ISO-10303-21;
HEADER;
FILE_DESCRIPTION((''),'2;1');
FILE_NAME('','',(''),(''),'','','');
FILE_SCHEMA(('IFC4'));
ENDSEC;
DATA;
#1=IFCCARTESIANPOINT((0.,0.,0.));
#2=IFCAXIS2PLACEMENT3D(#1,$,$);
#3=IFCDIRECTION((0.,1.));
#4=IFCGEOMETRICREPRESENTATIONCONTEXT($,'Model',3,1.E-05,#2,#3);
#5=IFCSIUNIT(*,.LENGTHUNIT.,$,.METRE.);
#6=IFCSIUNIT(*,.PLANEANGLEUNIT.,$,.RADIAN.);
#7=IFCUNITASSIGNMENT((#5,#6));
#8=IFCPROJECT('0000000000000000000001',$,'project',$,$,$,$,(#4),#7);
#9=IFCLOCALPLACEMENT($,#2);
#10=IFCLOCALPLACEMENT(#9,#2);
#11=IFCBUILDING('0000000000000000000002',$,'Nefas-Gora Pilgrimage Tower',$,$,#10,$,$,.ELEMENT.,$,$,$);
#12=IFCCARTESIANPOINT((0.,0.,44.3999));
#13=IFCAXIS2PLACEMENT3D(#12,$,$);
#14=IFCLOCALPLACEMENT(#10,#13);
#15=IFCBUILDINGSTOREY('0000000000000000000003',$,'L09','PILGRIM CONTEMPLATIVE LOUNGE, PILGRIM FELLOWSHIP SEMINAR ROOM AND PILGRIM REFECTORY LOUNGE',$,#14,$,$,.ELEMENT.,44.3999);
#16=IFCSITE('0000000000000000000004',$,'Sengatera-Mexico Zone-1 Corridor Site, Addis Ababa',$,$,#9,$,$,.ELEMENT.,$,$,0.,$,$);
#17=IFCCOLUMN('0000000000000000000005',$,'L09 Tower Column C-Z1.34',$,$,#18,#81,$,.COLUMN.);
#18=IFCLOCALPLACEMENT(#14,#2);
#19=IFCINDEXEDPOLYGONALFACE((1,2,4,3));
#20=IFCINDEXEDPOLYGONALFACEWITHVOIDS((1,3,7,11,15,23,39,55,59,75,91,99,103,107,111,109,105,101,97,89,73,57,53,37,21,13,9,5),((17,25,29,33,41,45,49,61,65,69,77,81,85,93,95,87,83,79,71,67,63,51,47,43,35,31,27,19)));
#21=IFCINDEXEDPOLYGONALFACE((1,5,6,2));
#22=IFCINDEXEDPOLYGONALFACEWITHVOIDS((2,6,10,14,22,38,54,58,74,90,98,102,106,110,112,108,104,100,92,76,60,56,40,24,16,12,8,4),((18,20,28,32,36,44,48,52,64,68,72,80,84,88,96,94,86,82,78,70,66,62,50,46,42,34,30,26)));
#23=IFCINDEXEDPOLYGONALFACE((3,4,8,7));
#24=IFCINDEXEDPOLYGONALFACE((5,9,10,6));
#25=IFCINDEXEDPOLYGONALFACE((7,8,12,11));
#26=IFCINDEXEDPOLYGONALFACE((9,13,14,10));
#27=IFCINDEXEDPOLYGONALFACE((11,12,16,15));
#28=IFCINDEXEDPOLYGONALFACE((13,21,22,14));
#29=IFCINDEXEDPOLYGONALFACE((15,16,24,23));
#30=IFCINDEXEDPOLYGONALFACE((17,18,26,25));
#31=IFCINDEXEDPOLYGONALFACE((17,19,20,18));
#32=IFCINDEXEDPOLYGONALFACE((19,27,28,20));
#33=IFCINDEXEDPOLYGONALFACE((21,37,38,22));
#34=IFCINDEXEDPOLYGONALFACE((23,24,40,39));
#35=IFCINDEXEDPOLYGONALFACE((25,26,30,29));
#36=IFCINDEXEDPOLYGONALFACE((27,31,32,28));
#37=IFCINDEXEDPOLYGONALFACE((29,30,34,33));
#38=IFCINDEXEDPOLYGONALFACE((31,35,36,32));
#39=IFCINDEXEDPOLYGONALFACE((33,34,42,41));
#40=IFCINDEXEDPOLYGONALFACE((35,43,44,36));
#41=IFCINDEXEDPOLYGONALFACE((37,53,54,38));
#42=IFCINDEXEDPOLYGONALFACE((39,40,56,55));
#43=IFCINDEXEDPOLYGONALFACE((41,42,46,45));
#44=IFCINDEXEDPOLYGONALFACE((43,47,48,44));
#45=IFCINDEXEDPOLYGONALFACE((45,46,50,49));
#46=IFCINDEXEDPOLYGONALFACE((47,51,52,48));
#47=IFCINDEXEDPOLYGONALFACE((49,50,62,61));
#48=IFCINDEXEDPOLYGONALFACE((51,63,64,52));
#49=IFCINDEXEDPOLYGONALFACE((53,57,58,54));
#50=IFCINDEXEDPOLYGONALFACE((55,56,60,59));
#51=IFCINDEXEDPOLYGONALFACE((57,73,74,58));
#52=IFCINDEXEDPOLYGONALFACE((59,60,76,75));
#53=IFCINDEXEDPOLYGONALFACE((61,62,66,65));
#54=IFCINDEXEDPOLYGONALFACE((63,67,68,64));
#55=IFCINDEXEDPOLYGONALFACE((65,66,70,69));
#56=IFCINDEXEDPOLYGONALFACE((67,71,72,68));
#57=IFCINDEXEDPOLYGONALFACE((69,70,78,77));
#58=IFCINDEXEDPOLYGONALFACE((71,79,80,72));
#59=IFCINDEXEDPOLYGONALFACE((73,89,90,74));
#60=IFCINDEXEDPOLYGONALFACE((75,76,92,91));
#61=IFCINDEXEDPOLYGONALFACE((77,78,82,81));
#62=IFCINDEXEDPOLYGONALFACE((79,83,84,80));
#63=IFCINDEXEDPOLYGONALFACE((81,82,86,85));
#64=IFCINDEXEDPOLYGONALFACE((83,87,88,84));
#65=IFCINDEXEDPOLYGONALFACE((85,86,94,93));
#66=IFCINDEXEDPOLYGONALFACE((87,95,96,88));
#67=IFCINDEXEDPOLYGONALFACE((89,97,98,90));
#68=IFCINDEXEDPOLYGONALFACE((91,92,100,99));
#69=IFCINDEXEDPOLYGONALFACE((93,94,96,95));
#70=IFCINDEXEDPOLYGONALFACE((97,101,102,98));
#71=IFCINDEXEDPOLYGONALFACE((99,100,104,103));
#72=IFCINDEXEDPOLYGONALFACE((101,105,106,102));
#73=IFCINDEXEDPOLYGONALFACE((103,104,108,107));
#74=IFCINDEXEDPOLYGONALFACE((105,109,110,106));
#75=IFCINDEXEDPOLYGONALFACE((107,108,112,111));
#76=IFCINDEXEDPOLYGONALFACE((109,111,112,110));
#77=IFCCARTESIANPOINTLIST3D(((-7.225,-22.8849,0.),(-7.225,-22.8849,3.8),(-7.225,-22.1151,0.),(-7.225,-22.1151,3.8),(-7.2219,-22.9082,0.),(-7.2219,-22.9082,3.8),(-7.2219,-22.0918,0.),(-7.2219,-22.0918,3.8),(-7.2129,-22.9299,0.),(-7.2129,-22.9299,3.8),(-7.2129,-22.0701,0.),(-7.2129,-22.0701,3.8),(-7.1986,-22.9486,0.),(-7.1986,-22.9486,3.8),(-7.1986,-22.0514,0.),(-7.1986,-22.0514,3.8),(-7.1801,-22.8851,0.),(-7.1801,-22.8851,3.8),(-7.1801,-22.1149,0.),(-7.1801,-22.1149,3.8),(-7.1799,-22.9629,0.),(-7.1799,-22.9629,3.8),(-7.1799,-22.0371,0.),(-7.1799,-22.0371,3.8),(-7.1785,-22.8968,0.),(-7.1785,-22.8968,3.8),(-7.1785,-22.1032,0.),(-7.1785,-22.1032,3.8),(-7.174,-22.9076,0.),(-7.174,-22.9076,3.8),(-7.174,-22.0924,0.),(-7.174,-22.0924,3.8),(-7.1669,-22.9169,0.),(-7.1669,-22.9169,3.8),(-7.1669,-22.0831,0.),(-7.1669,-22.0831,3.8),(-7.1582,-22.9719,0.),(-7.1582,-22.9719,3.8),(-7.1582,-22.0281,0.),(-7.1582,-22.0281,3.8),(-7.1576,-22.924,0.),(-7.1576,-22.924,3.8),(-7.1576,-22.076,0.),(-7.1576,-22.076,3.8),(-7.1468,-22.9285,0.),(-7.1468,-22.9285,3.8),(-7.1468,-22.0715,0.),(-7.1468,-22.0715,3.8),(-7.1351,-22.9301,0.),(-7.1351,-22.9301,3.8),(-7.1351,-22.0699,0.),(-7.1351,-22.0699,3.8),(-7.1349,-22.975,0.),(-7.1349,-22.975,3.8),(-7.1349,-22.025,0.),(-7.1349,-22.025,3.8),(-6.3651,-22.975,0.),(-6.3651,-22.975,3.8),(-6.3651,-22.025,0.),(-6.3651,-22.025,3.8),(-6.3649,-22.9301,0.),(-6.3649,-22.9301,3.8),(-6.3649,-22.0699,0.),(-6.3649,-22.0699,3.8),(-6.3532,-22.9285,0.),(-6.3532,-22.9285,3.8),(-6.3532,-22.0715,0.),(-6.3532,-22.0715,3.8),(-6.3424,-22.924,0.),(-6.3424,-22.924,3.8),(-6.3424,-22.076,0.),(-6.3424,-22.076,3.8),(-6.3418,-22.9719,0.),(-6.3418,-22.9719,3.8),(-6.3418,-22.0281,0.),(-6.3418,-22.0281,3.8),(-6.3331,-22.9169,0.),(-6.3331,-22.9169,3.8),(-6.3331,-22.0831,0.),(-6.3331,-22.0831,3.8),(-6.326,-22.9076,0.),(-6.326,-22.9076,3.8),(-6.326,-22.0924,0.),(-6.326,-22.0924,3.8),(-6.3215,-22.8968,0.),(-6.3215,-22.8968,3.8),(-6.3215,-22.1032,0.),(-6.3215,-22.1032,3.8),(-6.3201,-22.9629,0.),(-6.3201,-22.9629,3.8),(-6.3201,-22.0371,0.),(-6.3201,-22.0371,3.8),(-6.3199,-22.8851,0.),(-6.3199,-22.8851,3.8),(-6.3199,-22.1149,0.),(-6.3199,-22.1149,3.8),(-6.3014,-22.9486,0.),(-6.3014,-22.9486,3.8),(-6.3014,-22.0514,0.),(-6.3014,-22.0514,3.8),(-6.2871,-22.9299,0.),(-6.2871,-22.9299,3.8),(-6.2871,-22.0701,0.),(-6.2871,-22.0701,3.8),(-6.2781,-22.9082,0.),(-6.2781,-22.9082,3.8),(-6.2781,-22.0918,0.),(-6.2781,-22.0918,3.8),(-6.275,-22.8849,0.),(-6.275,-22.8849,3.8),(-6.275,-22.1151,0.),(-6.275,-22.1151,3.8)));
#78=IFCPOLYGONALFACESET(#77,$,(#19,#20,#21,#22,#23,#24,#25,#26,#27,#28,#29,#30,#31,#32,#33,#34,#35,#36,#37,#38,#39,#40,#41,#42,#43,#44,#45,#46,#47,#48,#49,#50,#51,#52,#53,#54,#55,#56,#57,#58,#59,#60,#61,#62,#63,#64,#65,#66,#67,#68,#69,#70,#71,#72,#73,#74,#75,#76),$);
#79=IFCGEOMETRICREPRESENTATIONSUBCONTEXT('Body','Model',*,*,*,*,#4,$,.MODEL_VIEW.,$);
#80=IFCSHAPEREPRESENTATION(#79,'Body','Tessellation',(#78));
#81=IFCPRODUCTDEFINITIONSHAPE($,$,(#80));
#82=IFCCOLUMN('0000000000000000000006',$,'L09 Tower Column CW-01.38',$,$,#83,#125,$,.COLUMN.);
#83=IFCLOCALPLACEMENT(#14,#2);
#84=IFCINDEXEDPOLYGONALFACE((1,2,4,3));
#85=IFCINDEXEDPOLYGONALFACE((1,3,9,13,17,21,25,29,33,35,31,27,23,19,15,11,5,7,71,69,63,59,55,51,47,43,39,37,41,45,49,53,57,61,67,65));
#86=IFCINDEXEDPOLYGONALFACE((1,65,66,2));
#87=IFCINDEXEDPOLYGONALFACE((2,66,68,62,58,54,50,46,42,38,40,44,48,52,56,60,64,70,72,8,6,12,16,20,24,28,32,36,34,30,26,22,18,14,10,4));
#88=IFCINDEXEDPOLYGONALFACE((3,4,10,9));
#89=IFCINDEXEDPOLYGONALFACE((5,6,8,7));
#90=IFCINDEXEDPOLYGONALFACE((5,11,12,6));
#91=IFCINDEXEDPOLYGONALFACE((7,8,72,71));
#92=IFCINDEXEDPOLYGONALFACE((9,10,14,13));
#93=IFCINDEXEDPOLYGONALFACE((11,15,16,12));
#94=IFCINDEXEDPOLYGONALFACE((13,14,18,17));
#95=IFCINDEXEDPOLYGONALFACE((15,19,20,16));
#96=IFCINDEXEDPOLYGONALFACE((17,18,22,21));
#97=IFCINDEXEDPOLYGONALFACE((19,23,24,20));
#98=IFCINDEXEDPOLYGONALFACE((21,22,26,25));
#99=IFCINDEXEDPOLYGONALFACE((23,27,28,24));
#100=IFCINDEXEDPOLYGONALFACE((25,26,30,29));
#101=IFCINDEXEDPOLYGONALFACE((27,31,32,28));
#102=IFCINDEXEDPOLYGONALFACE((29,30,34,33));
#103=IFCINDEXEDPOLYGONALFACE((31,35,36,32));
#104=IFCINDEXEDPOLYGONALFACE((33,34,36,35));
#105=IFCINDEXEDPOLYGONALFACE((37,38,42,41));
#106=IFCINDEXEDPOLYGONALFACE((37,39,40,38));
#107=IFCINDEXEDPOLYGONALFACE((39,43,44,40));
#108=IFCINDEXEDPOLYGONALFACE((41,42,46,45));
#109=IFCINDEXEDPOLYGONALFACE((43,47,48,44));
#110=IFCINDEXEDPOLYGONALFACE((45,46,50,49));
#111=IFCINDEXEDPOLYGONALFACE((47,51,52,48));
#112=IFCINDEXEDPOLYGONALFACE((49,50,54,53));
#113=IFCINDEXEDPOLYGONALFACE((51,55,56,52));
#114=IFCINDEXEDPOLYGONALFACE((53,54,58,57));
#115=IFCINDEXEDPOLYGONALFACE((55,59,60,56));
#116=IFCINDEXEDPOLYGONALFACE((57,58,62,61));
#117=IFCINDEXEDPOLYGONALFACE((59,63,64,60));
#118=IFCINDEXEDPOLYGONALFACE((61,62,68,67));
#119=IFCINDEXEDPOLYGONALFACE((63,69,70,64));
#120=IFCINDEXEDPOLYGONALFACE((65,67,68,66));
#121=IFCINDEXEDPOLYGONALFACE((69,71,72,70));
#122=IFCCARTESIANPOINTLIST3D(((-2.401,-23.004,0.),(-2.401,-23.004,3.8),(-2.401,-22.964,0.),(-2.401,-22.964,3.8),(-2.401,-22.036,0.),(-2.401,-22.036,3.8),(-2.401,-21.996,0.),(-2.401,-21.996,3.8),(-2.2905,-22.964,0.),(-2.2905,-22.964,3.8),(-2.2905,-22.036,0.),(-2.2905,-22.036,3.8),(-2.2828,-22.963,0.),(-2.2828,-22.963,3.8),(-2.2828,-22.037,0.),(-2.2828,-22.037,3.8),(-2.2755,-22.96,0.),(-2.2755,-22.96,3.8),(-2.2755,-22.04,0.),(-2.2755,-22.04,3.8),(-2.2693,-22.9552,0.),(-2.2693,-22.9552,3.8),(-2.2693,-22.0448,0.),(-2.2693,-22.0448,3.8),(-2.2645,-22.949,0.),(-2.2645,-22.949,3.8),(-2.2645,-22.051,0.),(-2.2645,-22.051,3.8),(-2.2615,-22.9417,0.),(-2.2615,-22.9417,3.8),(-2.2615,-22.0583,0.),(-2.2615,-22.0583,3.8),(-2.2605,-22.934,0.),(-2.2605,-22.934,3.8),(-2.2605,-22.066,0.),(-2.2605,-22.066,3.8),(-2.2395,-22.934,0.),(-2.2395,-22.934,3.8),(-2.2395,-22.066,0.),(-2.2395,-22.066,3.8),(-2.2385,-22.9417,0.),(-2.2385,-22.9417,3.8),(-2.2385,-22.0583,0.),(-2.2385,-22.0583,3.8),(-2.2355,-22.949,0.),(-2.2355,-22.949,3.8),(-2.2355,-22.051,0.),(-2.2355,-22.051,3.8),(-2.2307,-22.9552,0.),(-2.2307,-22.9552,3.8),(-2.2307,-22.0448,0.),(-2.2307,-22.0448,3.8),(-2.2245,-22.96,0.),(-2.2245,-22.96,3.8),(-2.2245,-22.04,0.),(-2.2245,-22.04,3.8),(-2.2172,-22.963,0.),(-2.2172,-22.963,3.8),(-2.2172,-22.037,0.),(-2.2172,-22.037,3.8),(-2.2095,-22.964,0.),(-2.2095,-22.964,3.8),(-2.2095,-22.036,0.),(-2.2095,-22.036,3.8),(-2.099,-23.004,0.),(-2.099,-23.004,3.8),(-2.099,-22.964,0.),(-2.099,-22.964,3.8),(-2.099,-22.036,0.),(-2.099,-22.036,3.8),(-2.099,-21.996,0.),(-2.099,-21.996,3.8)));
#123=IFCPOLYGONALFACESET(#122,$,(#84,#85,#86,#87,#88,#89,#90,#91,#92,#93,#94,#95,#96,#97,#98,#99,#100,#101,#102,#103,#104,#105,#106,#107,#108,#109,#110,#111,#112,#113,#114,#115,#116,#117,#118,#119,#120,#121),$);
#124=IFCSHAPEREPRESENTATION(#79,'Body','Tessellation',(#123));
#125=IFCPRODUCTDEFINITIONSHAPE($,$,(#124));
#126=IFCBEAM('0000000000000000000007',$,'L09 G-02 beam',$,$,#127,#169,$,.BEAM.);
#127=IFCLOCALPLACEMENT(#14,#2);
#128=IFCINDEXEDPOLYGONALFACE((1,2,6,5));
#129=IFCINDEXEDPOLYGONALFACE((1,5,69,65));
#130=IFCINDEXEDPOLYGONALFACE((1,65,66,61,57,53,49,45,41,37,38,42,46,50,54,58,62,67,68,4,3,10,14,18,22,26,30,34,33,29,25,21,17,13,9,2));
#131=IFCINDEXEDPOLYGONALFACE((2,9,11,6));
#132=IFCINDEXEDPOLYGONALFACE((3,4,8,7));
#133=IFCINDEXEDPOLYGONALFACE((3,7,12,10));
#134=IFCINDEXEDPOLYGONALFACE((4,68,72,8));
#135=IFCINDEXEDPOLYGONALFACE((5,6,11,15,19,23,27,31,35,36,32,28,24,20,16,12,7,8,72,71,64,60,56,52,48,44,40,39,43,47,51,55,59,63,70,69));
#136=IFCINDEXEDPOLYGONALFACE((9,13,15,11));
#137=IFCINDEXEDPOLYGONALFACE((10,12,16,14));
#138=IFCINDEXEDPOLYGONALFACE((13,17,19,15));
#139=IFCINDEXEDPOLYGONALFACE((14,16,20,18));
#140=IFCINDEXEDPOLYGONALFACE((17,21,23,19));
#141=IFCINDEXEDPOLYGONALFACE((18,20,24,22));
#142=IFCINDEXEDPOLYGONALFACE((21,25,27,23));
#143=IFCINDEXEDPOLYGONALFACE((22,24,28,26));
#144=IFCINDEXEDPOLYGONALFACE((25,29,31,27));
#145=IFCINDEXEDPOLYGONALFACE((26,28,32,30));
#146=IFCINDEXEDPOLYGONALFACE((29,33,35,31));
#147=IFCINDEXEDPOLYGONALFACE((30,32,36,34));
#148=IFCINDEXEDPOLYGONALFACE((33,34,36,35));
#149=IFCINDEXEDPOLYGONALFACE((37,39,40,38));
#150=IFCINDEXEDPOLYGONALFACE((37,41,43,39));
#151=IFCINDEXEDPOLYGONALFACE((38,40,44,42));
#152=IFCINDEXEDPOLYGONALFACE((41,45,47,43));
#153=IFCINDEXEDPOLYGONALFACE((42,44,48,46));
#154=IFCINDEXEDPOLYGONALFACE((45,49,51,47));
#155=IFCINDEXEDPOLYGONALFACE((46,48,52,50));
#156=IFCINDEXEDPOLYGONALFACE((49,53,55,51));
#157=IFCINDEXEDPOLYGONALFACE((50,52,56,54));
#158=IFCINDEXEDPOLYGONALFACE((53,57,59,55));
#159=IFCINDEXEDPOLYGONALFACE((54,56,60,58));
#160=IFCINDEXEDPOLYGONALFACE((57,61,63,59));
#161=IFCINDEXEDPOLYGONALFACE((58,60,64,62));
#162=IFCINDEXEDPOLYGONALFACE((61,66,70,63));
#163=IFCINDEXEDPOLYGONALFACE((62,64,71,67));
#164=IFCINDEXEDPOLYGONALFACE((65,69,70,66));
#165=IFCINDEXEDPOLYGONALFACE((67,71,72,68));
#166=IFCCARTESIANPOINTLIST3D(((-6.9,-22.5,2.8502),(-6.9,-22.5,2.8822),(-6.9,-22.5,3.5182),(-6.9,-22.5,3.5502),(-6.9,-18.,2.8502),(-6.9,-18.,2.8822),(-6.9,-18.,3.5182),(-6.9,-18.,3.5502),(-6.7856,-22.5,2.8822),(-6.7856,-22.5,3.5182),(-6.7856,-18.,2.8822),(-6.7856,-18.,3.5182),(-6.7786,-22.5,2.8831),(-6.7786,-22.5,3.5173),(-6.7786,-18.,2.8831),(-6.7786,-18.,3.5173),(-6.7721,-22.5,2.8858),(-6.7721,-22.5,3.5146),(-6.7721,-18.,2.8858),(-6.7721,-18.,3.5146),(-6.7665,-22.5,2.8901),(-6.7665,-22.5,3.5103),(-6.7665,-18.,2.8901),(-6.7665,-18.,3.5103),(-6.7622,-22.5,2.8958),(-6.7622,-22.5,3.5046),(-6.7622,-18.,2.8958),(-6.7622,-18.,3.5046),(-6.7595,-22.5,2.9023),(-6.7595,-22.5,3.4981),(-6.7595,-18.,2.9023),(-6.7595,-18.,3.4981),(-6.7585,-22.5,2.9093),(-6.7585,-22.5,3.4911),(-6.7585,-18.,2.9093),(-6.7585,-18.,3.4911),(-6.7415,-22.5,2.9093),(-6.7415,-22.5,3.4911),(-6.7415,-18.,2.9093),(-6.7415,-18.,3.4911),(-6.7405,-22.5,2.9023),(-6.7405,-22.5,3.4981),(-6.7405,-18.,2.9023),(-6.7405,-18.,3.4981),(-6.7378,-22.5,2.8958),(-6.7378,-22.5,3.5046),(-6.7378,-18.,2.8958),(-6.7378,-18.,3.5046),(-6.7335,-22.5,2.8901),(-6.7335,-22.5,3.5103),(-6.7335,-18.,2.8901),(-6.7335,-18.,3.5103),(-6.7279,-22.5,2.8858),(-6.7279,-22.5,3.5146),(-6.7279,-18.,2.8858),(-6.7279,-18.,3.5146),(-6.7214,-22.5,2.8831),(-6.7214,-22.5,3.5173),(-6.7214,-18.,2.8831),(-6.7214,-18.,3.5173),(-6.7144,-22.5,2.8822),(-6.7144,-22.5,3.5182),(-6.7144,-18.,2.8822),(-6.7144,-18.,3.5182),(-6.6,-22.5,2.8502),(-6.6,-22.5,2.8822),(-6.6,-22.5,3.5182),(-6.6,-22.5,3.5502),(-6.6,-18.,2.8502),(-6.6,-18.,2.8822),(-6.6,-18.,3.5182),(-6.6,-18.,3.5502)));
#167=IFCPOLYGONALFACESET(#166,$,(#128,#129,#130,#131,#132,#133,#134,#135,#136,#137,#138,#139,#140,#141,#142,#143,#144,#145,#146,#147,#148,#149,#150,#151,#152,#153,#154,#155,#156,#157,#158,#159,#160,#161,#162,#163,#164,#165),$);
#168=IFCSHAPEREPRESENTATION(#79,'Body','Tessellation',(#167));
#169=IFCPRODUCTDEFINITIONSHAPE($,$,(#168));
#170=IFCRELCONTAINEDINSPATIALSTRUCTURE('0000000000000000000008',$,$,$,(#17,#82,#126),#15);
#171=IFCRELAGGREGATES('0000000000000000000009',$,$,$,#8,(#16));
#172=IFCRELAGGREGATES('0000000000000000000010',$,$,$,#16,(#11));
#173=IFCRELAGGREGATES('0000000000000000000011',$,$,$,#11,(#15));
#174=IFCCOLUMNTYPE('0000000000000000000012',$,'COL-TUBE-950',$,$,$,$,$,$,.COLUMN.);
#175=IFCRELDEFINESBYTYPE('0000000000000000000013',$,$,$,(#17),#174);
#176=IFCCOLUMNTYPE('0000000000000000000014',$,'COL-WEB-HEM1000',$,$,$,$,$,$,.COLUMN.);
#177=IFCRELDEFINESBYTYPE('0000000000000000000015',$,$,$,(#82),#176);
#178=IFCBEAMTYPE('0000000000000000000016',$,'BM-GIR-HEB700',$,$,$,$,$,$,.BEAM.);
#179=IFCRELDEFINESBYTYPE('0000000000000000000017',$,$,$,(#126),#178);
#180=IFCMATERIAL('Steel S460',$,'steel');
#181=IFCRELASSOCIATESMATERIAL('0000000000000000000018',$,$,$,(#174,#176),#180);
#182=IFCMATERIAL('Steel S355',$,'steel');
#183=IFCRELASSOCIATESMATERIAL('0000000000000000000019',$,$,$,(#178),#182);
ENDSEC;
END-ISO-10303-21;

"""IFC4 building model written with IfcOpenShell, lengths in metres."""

from ifc_helpers import new_model, si_unit, direction, frame, origin, origin_2d, place, context, subcontext, project, spatial, hollow_rectangle, i_section, extrude, source, transform, mapped, material, material_profile, profile_set, type_object, element, save


model = new_model("IFC4")

# Units and contexts
model_context = context("Model", 3, precision=1e-05, world=origin(), true_north=direction((0.0, 1.0)))
body_context = subcontext(model_context, "Body", "Model", "MODEL_VIEW")
ifc_project = project(units=[si_unit("LENGTHUNIT", "METRE"), si_unit("PLANEANGLEUNIT", "RADIAN")], contexts=[model_context])

# Site, building, storey
site_placement = place(None, origin())
site = spatial("IfcSite", under=ifc_project, at=site_placement, Name="Sengatera-Mexico Zone-1 Corridor Site, Addis Ababa", CompositionType="ELEMENT", RefElevation=0.0)
building_placement = place(site_placement, origin())
building = spatial("IfcBuilding", under=site, at=building_placement, Name="Nefas-Gora Pilgrimage Tower", CompositionType="ELEMENT")
storey_placement = place(building_placement, frame((0.0, 0.0, 44.3999)))
storey = spatial("IfcBuildingStorey", under=building, at=storey_placement, Name="L09", Description="PILGRIM CONTEMPLATIVE LOUNGE, PILGRIM FELLOWSHIP SEMINAR ROOM AND PILGRIM REFECTORY LOUNGE", CompositionType="ELEMENT", Elevation=44.3999)

# Columns
ifc_material_1 = material(Name="Steel S460", Category="steel")
ifc_material_profile_1 = material_profile(ifc_material_1, hollow_rectangle(XDim=0.95, YDim=0.95, WallThickness=0.0449, InnerFilletRadius=0.0449, OuterFilletRadius=0.0901, at=origin_2d()), Name="BOX 950x950x45")
ifc_profile_set_1 = profile_set([ifc_material_profile_1], Name="Steel S460")
column_type_1 = type_object("IfcColumnType", Name="COL-TUBE-950", PredefinedType="COLUMN", material=ifc_profile_set_1)
shared_shape_1 = source(origin(), body_context, "Body", "SweptSolid", [
    extrude(hollow_rectangle(XDim=0.95, YDim=0.95, WallThickness=0.0449, InnerFilletRadius=0.0449, OuterFilletRadius=0.0901, at=origin_2d()), origin(), (0.0, 0.0, 1.0), 3.8),
])
column_1_placement = place(storey_placement, frame((-6.75, -22.5, 0.0), z_axis=(0.0, 0.0, 1.0), x_axis=(1.0, 0.0, 0.0)))
element("IfcColumn", 1, at=column_1_placement, inside=storey, type_object=column_type_1, Name="L09 Tower Column C-Z1.34", PredefinedType="COLUMN", context=body_context, shape_type="MappedRepresentation", body=[
    mapped(shared_shape_1, transform((0.0, 0.0, 0.0), x_axis=(1.0, 0.0, 0.0), y_axis=(0.0, 1.0, 0.0), z_axis=(0.0, 0.0, 1.0), scale=1.0)),
])
ifc_material_profile_2 = material_profile(ifc_material_1, i_section(OverallWidth=0.302, OverallDepth=1.0081, WebThickness=0.021, FlangeThickness=0.04, FilletRadius=0.03, at=origin_2d()), Name="HEM 1000")
ifc_profile_set_2 = profile_set([ifc_material_profile_2], Name="Steel S460")
column_type_2 = type_object("IfcColumnType", Name="COL-WEB-HEM1000", PredefinedType="COLUMN", material=ifc_profile_set_2)
shared_shape_2 = source(origin(), body_context, "Body", "SweptSolid", [
    extrude(i_section(OverallWidth=0.302, OverallDepth=1.0081, WebThickness=0.021, FlangeThickness=0.04, FilletRadius=0.03, at=origin_2d()), origin(), (0.0, 0.0, 1.0), 3.8),
])
column_2_placement = place(storey_placement, frame((-2.25, -22.5, 0.0), z_axis=(0.0, 0.0, 1.0), x_axis=(1.0, 0.0, 0.0)))
element("IfcColumn", 2, at=column_2_placement, inside=storey, type_object=column_type_2, Name="L09 Tower Column CW-01.38", PredefinedType="COLUMN", context=body_context, shape_type="MappedRepresentation", body=[
    mapped(shared_shape_2, transform((0.0, 0.0, 0.0), x_axis=(1.0, 0.0, 0.0), y_axis=(0.0, 1.0, 0.0), z_axis=(0.0, 0.0, 1.0), scale=1.0)),
])

# Beam
ifc_material_2 = material(Name="Steel S355", Category="steel")
ifc_material_profile_3 = material_profile(ifc_material_2, i_section(OverallWidth=0.3, OverallDepth=0.7, WebThickness=0.0171, FlangeThickness=0.032, FilletRadius=0.0271, at=origin_2d()), Name="HEB 700")
ifc_profile_set_3 = profile_set([ifc_material_profile_3], Name="Steel S355")
beam_type = type_object("IfcBeamType", Name="BM-GIR-HEB700", PredefinedType="BEAM", material=ifc_profile_set_3)
shared_shape_3 = source(origin(), body_context, "Body", "SweptSolid", [
    extrude(i_section(OverallWidth=0.3, OverallDepth=0.7, WebThickness=0.0171, FlangeThickness=0.032, FilletRadius=0.0271, at=origin_2d()), origin(), (0.0, 0.0, 1.0), 4.5),
])
for number, where, z_axis, x_axis, name in (
    (3, (-6.75, -22.5, 3.2002), (0.0, 1.0, 0.0), (-1.0, 0.0, 0.0), "L09 G-02 beam"),
):
    element("IfcBeam", number, at=place(storey_placement, frame(where, z_axis=z_axis, x_axis=x_axis)), inside=storey, type_object=beam_type, Name=name, PredefinedType="BEAM", context=body_context, shape_type="MappedRepresentation", body=[
        mapped(shared_shape_3, transform((0.0, 0.0, 0.0), x_axis=(1.0, 0.0, 0.0), y_axis=(0.0, 1.0, 0.0), z_axis=(0.0, 0.0, 1.0), scale=1.0)),
    ])

save(model, "model.ifc")
